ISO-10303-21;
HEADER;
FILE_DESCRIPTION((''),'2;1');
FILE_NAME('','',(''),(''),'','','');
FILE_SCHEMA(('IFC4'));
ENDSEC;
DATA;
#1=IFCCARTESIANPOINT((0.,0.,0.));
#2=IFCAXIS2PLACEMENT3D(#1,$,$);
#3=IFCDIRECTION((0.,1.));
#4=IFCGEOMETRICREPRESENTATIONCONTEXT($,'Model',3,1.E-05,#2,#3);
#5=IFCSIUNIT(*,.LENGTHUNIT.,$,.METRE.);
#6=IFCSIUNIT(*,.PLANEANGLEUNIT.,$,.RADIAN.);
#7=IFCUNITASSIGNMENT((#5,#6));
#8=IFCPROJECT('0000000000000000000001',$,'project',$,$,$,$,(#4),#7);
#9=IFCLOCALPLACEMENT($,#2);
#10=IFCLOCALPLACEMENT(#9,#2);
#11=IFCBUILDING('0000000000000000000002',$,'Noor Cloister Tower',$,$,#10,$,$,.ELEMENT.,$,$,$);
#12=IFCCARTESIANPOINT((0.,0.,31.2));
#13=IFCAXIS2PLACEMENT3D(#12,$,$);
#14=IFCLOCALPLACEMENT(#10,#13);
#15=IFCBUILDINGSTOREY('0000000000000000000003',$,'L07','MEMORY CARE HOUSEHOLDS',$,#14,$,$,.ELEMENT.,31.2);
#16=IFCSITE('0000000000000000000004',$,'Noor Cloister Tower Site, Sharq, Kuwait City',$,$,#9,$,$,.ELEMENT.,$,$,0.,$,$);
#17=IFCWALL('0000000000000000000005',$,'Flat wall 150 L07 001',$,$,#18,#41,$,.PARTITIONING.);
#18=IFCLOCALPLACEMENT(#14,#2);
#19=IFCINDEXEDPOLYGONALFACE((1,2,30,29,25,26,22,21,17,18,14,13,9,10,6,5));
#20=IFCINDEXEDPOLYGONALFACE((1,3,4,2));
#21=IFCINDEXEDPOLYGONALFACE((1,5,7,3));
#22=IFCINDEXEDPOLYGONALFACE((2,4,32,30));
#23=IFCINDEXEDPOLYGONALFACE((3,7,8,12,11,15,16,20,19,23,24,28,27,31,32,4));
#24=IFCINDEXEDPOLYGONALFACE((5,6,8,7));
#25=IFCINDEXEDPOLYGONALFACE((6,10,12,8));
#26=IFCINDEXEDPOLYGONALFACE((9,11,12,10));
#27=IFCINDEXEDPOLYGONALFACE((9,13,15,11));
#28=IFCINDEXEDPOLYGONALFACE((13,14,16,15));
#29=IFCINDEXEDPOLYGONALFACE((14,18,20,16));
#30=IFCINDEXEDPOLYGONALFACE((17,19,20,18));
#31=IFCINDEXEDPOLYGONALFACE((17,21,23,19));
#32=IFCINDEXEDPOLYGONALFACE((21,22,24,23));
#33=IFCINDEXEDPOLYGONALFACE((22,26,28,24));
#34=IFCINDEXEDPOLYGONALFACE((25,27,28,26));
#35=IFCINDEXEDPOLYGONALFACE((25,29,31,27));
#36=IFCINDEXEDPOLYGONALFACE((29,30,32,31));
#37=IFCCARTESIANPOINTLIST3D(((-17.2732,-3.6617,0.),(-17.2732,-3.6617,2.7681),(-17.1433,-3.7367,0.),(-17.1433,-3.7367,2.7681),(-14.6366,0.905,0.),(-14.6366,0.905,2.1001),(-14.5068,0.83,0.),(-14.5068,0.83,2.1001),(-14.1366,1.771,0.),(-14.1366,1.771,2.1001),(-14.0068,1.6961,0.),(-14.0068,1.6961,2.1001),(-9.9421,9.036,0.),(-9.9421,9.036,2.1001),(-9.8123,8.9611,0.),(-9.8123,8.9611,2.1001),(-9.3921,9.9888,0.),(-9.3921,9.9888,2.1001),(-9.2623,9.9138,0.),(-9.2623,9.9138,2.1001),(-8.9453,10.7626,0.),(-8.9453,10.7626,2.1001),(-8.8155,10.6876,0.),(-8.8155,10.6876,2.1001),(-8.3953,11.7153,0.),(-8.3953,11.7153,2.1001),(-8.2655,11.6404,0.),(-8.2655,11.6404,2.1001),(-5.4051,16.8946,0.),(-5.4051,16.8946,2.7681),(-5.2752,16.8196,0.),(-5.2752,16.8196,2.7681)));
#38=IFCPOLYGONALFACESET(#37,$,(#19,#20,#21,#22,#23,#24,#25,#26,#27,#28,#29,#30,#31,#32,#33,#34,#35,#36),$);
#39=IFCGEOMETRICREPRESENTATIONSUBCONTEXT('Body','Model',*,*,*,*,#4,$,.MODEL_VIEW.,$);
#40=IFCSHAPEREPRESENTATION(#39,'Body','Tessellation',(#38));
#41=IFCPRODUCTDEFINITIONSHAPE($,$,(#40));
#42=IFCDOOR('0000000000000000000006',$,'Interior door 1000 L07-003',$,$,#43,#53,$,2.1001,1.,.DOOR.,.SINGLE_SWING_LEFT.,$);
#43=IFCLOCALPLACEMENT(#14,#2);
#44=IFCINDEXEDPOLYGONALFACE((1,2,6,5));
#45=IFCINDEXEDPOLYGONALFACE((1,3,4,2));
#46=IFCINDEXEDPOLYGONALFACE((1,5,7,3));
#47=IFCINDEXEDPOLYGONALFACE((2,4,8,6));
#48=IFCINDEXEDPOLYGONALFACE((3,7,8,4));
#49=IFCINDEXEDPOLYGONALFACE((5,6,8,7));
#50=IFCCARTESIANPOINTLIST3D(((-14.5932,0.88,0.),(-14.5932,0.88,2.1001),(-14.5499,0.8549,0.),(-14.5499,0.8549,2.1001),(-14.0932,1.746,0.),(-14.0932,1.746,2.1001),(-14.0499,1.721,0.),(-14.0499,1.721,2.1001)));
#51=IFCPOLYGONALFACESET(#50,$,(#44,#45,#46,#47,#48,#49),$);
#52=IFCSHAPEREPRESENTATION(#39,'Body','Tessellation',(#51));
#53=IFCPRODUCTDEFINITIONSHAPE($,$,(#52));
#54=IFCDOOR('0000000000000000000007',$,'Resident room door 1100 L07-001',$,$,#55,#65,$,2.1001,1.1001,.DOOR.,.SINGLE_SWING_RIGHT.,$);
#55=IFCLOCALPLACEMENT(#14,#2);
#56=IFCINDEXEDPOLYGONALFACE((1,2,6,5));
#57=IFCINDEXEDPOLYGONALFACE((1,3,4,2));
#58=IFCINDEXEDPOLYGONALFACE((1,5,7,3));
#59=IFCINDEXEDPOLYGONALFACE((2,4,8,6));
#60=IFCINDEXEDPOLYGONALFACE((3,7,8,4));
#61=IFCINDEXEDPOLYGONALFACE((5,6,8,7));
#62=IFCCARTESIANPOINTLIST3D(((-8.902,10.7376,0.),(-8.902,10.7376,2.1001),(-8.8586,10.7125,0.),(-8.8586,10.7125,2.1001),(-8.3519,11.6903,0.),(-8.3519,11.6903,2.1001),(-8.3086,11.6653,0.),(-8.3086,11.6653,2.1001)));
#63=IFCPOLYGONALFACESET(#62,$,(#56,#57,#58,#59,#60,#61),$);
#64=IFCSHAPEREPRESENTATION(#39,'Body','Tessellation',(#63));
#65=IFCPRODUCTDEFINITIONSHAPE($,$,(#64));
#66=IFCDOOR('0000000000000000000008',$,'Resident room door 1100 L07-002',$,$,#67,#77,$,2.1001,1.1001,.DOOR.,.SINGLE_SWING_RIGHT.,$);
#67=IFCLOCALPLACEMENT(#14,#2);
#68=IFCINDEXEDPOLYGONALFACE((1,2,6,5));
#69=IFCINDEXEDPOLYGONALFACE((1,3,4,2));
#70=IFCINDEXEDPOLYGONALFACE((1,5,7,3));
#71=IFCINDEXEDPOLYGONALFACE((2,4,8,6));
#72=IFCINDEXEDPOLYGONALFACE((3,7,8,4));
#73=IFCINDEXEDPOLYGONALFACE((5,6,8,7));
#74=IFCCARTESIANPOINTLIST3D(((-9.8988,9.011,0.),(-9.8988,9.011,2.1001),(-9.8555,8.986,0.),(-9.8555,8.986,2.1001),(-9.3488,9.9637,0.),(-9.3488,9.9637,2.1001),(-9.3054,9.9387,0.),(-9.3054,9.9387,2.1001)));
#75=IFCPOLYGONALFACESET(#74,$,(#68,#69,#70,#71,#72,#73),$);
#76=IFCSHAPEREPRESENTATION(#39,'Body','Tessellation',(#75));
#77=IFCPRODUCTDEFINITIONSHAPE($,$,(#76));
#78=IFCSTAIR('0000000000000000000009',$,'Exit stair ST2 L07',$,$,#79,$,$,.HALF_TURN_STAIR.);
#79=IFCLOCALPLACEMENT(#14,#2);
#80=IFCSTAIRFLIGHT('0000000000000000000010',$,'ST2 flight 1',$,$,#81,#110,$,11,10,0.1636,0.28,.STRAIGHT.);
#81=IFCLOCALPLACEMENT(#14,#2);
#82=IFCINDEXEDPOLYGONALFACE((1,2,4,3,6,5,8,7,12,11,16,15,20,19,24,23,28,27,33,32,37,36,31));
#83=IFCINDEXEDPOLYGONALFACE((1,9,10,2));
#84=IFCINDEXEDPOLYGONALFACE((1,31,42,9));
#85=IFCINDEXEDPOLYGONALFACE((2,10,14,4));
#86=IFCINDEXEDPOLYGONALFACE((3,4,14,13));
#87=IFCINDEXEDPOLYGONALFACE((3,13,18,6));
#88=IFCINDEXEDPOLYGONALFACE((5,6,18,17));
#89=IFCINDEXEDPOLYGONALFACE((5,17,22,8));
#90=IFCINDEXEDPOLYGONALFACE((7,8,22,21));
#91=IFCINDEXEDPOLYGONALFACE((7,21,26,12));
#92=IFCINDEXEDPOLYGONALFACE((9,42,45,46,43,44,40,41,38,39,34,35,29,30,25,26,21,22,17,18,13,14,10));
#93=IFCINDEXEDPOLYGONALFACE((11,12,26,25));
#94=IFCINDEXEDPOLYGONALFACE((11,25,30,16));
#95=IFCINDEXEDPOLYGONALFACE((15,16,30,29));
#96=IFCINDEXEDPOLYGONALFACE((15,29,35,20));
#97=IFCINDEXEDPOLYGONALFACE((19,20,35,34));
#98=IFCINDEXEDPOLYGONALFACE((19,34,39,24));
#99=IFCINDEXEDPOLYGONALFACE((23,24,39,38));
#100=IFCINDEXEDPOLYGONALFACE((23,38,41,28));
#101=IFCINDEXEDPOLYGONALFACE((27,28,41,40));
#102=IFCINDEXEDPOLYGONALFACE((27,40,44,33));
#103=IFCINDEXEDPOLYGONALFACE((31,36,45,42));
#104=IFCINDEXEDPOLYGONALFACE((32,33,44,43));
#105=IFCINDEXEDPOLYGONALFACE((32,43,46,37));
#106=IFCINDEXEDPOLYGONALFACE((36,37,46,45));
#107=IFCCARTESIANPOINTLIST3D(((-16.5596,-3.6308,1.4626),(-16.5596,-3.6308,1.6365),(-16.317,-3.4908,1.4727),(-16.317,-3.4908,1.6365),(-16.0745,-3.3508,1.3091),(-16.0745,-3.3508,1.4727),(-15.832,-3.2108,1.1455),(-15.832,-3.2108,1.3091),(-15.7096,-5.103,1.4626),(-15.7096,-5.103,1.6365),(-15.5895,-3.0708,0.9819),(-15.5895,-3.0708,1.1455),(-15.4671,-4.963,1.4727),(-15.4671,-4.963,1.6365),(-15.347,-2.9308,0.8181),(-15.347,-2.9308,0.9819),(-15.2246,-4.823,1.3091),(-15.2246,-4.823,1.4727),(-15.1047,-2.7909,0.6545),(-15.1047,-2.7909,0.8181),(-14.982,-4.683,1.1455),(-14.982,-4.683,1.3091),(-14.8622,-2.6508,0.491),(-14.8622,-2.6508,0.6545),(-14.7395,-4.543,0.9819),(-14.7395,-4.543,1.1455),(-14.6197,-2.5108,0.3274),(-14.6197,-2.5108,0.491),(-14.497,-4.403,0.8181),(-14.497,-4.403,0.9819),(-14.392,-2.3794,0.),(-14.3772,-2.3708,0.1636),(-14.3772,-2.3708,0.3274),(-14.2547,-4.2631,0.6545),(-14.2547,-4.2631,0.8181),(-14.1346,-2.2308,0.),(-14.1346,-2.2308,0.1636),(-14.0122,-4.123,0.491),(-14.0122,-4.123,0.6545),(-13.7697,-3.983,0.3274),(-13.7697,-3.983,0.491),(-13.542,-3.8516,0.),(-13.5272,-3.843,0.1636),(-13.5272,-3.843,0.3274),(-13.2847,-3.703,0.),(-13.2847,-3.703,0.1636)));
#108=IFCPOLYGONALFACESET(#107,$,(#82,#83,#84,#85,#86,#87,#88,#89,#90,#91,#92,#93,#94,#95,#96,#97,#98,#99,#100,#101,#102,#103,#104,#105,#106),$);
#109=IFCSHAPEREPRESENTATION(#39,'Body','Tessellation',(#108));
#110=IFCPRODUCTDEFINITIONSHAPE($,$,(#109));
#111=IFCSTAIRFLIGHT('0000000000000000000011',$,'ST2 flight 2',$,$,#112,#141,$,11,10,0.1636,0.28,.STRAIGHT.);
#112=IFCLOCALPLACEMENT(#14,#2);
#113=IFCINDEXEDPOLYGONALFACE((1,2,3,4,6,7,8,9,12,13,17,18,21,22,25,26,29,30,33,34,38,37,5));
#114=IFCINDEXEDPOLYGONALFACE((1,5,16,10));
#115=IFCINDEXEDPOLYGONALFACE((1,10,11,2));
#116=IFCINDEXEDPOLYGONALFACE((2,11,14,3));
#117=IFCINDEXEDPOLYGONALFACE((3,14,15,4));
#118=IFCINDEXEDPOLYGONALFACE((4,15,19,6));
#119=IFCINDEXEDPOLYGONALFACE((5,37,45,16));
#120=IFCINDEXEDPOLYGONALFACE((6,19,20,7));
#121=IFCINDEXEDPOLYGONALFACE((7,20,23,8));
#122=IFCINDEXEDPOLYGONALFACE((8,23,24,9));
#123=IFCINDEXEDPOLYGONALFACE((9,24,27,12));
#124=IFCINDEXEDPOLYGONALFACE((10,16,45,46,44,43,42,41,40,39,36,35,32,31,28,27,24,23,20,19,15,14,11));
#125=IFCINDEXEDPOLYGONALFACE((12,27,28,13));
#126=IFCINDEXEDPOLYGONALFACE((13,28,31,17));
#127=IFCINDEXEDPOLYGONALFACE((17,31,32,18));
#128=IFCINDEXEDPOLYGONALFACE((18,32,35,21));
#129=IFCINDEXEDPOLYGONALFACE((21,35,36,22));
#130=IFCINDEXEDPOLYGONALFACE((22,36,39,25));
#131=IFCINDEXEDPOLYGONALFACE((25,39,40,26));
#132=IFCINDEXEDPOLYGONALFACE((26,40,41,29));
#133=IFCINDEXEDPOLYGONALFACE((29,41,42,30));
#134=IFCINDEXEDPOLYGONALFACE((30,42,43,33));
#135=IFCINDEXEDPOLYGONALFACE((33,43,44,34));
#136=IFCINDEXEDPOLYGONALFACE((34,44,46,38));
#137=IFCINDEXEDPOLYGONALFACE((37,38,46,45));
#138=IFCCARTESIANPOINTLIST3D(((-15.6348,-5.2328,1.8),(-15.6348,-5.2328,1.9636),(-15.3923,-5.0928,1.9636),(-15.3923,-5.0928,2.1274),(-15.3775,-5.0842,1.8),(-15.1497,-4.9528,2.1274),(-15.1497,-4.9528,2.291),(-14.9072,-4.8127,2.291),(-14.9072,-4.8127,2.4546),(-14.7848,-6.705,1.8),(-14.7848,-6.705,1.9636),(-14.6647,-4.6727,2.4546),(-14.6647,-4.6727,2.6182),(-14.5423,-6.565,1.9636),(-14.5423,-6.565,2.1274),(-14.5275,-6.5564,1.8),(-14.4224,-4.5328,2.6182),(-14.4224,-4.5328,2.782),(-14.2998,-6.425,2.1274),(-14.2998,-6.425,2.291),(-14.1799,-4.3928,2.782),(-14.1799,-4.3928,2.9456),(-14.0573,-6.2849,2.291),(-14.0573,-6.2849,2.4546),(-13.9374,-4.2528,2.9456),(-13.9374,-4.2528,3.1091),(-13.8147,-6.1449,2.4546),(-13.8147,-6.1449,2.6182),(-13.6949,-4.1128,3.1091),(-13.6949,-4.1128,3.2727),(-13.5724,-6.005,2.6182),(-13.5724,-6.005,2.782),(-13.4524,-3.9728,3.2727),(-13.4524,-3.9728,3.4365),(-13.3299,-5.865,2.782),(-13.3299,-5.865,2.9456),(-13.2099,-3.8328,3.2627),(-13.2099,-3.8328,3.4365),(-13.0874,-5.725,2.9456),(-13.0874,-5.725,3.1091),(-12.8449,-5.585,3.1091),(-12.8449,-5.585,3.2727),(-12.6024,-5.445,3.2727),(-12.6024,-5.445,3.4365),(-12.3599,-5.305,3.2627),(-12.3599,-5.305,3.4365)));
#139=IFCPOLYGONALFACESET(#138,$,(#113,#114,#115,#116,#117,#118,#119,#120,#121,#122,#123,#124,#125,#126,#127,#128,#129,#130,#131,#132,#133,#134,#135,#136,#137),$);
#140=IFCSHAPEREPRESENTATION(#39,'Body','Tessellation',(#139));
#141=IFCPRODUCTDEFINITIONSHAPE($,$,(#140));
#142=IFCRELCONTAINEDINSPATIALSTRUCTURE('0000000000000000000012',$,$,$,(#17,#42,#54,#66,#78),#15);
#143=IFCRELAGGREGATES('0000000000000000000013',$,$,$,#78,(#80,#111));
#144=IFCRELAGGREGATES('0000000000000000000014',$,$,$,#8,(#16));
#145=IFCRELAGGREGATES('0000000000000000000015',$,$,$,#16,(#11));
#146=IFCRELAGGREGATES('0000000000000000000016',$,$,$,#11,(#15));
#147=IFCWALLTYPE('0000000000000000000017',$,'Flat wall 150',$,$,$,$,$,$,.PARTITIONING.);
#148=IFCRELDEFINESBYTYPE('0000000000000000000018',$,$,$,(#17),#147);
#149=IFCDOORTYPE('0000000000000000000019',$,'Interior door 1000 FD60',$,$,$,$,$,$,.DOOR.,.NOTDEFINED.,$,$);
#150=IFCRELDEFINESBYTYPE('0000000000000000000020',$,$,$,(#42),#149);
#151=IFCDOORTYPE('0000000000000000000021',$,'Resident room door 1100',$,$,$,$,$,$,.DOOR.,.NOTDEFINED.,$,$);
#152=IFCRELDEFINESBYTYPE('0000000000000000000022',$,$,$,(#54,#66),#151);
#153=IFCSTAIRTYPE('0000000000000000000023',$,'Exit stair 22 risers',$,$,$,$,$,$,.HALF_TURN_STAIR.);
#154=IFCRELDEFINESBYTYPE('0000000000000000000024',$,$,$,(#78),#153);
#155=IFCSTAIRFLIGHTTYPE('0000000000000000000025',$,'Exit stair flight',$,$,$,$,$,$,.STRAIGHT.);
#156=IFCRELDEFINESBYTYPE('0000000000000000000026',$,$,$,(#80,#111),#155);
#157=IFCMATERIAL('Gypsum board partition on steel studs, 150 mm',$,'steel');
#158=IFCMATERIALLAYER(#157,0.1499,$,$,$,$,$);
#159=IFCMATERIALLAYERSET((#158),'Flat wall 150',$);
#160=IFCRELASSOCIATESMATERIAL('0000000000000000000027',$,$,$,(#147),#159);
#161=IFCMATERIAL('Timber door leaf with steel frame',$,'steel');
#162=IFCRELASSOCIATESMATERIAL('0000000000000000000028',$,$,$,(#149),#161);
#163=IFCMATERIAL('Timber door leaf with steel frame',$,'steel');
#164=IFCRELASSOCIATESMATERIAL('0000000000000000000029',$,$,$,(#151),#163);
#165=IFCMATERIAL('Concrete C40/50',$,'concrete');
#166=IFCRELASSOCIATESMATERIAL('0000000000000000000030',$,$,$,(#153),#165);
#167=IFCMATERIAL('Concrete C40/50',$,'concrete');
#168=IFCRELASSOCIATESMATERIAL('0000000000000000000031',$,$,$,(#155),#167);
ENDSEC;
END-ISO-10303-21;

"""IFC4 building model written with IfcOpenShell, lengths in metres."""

from ifc_helpers import new_model, si_unit, direction, frame, frame_2d, origin, place, context, subcontext, project, spatial, polyline, rectangle, outline, extrude, material, layer, layer_set, type_object, element, fill, aggregate, save


model = new_model("IFC4")

# Units and contexts
model_context = context("Model", 3, precision=1e-05, world=origin(), true_north=direction((0.0, 1.0)))
body_context = subcontext(model_context, "Body", "Model", "MODEL_VIEW")
ifc_project = project(units=[si_unit("LENGTHUNIT", "METRE"), si_unit("PLANEANGLEUNIT", "RADIAN")], contexts=[model_context])

# Site, building, storey
site_placement = place(None, origin())
site = spatial("IfcSite", under=ifc_project, at=site_placement, Name="Noor Cloister Tower Site, Sharq, Kuwait City", CompositionType="ELEMENT", RefElevation=0.0)
building_placement = place(site_placement, origin())
building = spatial("IfcBuilding", under=site, at=building_placement, Name="Noor Cloister Tower", CompositionType="ELEMENT")
storey_placement = place(building_placement, frame((0.0, 0.0, 31.2)))
storey = spatial("IfcBuildingStorey", under=building, at=storey_placement, Name="L07", Description="MEMORY CARE HOUSEHOLDS", CompositionType="ELEMENT", Elevation=31.2)

# Wall, openings, doors
ifc_material_1 = material(Name="Gypsum board partition on steel studs, 150 mm", Category="steel")
ifc_layer_1 = layer(ifc_material_1, 0.1499)
ifc_layer_set_1 = layer_set([ifc_layer_1], Name="Flat wall 150")
wall_type = type_object("IfcWallType", Name="Flat wall 150", PredefinedType="PARTITIONING", material=ifc_layer_set_1)
wall_placement = place(storey_placement, frame((-17.2083, -3.6992, 0.0), z_axis=(0.0, 0.0, 1.0), x_axis=(0.499998, 0.866027, 0.0)))
wall = element("IfcWall", 1, at=wall_placement, inside=storey, type_object=wall_type, Name="Flat wall 150 L07 001", PredefinedType="PARTITIONING", context=body_context, shape_type="SweptSolid", body=[
    extrude(rectangle(XDim=23.7363, YDim=0.1499, at=frame_2d((11.8682, 0.0))), origin(), (0.0, 0.0, 1.0), 2.7681),
])
opening_1_placement = place(wall_placement, frame((16.6558, 0.0, 0.0)))
opening_1 = element("IfcOpeningElement", 2, at=opening_1_placement, cuts=wall, PredefinedType="OPENING", context=body_context, shape_type="SweptSolid", body=[
    extrude(rectangle(XDim=1.1001, YDim=2.1001, at=frame_2d((0.55, 1.05))), frame((0.0, 0.085, 0.0), z_axis=(0.0, -1.0, 0.0), x_axis=(1.0, 0.0, 0.0)), (0.0, 0.0, 1.0), 0.1699),
])
opening_2_placement = place(wall_placement, frame((14.6621, 0.0, 0.0)))
opening_2 = element("IfcOpeningElement", 3, at=opening_2_placement, cuts=wall, PredefinedType="OPENING", context=body_context, shape_type="SweptSolid", body=[
    extrude(rectangle(XDim=1.1001, YDim=2.1001, at=frame_2d((0.55, 1.05))), frame((0.0, 0.085, 0.0), z_axis=(0.0, -1.0, 0.0), x_axis=(1.0, 0.0, 0.0)), (0.0, 0.0, 1.0), 0.1699),
])
opening_3_placement = place(wall_placement, frame((5.2732, 0.0, 0.0)))
opening_3 = element("IfcOpeningElement", 4, at=opening_3_placement, cuts=wall, PredefinedType="OPENING", context=body_context, shape_type="SweptSolid", body=[
    extrude(rectangle(XDim=1.0, YDim=2.1001, at=frame_2d((0.5, 1.05))), frame((0.0, 0.085, 0.0), z_axis=(0.0, -1.0, 0.0), x_axis=(1.0, 0.0, 0.0)), (0.0, 0.0, 1.0), 0.1699),
])
ifc_material_2 = material(Name="Timber door leaf with steel frame", Category="steel")
door_type_1 = type_object("IfcDoorType", Name="Interior door 1000 FD60", OperationType="NOTDEFINED", PredefinedType="DOOR", material=ifc_material_2)
door_1_placement = place(opening_3_placement, origin())
door_1 = element("IfcDoor", 5, at=door_1_placement, inside=storey, type_object=door_type_1, Name="Interior door 1000 L07-003", OperationType="SINGLE_SWING_LEFT", OverallHeight=2.1001, OverallWidth=1.0, PredefinedType="DOOR", context=body_context, shape_type="SweptSolid", body=[
    extrude(rectangle(XDim=1.0, YDim=2.1001, at=frame_2d((0.5, 1.05))), frame((0.0, 0.0249, 0.0), z_axis=(0.0, -1.0, 0.0), x_axis=(1.0, 0.0, 0.0)), (0.0, 0.0, 1.0), 0.05),
])
fill(opening_3, door_1)
ifc_material_3 = material(Name="Timber door leaf with steel frame", Category="steel")
door_type_2 = type_object("IfcDoorType", Name="Resident room door 1100", OperationType="NOTDEFINED", PredefinedType="DOOR", material=ifc_material_3)
door_2_placement = place(opening_1_placement, origin())
door_2 = element("IfcDoor", 6, at=door_2_placement, inside=storey, type_object=door_type_2, Name="Resident room door 1100 L07-001", OperationType="SINGLE_SWING_RIGHT", OverallHeight=2.1001, OverallWidth=1.1001, PredefinedType="DOOR", context=body_context, shape_type="SweptSolid", body=[
    extrude(rectangle(XDim=1.1001, YDim=2.1001, at=frame_2d((0.55, 1.05))), frame((0.0, 0.0249, 0.0), z_axis=(0.0, -1.0, 0.0), x_axis=(1.0, 0.0, 0.0)), (0.0, 0.0, 1.0), 0.05),
])
fill(opening_1, door_2)
door_3_placement = place(opening_2_placement, origin())
door_3 = element("IfcDoor", 7, at=door_3_placement, inside=storey, type_object=door_type_2, Name="Resident room door 1100 L07-002", OperationType="SINGLE_SWING_RIGHT", OverallHeight=2.1001, OverallWidth=1.1001, PredefinedType="DOOR", context=body_context, shape_type="SweptSolid", body=[
    extrude(rectangle(XDim=1.1001, YDim=2.1001, at=frame_2d((0.55, 1.05))), frame((0.0, 0.0249, 0.0), z_axis=(0.0, -1.0, 0.0), x_axis=(1.0, 0.0, 0.0)), (0.0, 0.0, 1.0), 0.05),
])
fill(opening_2, door_3)

# Stair, stair flights
ifc_material_4 = material(Name="Concrete C40/50", Category="concrete")
stair_type = type_object("IfcStairType", Name="Exit stair 22 risers", PredefinedType="HALF_TURN_STAIR", material=ifc_material_4)
stair_placement = place(storey_placement, origin())
stair = element("IfcStair", 8, at=stair_placement, inside=storey, type_object=stair_type, Name="Exit stair ST2 L07", PredefinedType="HALF_TURN_STAIR")
ifc_material_5 = material(Name="Concrete C40/50", Category="concrete")
stair_flight_type = type_object("IfcStairFlightType", Name="Exit stair flight", PredefinedType="STRAIGHT", material=ifc_material_5)
stair_flight_1_placement = place(storey_placement, frame((-13.7097, -2.9668, 0.0), z_axis=(0.0, 0.0, 1.0), x_axis=(-0.866025, -0.5, 0.0)))
stair_flight_1 = element("IfcStairFlight", 9, at=stair_flight_1_placement, type_object=stair_flight_type, Name="ST2 flight 1", NumberOfRisers=11, NumberOfTreads=10, PredefinedType="STRAIGHT", RiserHeight=0.1636, TreadLength=0.28, context=body_context, shape_type="SweptSolid", body=[
    extrude(outline(polyline([(0.0, 0.0), (0.0, 0.1636), (0.28, 0.1636), (0.28, 0.3274), (0.5601, 0.3274), (0.5601, 0.491), (0.8401, 0.491), (0.8401, 0.6545), (1.1201, 0.6545), (1.1201, 0.8181), (1.3999, 0.8181), (1.3999, 0.9819), (1.6799, 0.9819), (1.6799, 1.1455), (1.96, 1.1455), (1.96, 1.3091), (2.24, 1.3091), (2.24, 1.4727), (2.52, 1.4727), (2.52, 1.6365), (2.8, 1.6365), (2.8, 1.8), (2.8, 1.4626), (0.2971, 0.0), (0.0, 0.0)])), frame((0.0, 0.8501, 0.0), z_axis=(0.0, -1.0, 0.0), x_axis=(1.0, 0.0, 0.0)), (0.0, 0.0, 1.0), 1.7),
])
stair_flight_2_placement = place(storey_placement, frame((-15.2097, -5.969, 1.8), z_axis=(0.0, 0.0, 1.0), x_axis=(0.866025, 0.5, 0.0)))
stair_flight_2 = element("IfcStairFlight", 10, at=stair_flight_2_placement, type_object=stair_flight_type, Name="ST2 flight 2", NumberOfRisers=11, NumberOfTreads=10, PredefinedType="STRAIGHT", RiserHeight=0.1636, TreadLength=0.28, context=body_context, shape_type="SweptSolid", body=[
    extrude(outline(polyline([(0.0, 0.0), (0.0, 0.1636), (0.28, 0.1636), (0.28, 0.3274), (0.5601, 0.3274), (0.5601, 0.491), (0.8401, 0.491), (0.8401, 0.6545), (1.1201, 0.6545), (1.1201, 0.8181), (1.3999, 0.8181), (1.3999, 0.9819), (1.6799, 0.9819), (1.6799, 1.1455), (1.96, 1.1455), (1.96, 1.3091), (2.24, 1.3091), (2.24, 1.4727), (2.52, 1.4727), (2.52, 1.6365), (2.8, 1.6365), (2.8, 1.8), (2.8, 1.4626), (0.2971, 0.0), (0.0, 0.0)])), frame((0.0, 0.8501, 0.0), z_axis=(0.0, -1.0, 0.0), x_axis=(1.0, 0.0, 0.0)), (0.0, 0.0, 1.0), 1.7),
])
aggregate(stair, [stair_flight_1, stair_flight_2])

save(model, "model.ifc")
